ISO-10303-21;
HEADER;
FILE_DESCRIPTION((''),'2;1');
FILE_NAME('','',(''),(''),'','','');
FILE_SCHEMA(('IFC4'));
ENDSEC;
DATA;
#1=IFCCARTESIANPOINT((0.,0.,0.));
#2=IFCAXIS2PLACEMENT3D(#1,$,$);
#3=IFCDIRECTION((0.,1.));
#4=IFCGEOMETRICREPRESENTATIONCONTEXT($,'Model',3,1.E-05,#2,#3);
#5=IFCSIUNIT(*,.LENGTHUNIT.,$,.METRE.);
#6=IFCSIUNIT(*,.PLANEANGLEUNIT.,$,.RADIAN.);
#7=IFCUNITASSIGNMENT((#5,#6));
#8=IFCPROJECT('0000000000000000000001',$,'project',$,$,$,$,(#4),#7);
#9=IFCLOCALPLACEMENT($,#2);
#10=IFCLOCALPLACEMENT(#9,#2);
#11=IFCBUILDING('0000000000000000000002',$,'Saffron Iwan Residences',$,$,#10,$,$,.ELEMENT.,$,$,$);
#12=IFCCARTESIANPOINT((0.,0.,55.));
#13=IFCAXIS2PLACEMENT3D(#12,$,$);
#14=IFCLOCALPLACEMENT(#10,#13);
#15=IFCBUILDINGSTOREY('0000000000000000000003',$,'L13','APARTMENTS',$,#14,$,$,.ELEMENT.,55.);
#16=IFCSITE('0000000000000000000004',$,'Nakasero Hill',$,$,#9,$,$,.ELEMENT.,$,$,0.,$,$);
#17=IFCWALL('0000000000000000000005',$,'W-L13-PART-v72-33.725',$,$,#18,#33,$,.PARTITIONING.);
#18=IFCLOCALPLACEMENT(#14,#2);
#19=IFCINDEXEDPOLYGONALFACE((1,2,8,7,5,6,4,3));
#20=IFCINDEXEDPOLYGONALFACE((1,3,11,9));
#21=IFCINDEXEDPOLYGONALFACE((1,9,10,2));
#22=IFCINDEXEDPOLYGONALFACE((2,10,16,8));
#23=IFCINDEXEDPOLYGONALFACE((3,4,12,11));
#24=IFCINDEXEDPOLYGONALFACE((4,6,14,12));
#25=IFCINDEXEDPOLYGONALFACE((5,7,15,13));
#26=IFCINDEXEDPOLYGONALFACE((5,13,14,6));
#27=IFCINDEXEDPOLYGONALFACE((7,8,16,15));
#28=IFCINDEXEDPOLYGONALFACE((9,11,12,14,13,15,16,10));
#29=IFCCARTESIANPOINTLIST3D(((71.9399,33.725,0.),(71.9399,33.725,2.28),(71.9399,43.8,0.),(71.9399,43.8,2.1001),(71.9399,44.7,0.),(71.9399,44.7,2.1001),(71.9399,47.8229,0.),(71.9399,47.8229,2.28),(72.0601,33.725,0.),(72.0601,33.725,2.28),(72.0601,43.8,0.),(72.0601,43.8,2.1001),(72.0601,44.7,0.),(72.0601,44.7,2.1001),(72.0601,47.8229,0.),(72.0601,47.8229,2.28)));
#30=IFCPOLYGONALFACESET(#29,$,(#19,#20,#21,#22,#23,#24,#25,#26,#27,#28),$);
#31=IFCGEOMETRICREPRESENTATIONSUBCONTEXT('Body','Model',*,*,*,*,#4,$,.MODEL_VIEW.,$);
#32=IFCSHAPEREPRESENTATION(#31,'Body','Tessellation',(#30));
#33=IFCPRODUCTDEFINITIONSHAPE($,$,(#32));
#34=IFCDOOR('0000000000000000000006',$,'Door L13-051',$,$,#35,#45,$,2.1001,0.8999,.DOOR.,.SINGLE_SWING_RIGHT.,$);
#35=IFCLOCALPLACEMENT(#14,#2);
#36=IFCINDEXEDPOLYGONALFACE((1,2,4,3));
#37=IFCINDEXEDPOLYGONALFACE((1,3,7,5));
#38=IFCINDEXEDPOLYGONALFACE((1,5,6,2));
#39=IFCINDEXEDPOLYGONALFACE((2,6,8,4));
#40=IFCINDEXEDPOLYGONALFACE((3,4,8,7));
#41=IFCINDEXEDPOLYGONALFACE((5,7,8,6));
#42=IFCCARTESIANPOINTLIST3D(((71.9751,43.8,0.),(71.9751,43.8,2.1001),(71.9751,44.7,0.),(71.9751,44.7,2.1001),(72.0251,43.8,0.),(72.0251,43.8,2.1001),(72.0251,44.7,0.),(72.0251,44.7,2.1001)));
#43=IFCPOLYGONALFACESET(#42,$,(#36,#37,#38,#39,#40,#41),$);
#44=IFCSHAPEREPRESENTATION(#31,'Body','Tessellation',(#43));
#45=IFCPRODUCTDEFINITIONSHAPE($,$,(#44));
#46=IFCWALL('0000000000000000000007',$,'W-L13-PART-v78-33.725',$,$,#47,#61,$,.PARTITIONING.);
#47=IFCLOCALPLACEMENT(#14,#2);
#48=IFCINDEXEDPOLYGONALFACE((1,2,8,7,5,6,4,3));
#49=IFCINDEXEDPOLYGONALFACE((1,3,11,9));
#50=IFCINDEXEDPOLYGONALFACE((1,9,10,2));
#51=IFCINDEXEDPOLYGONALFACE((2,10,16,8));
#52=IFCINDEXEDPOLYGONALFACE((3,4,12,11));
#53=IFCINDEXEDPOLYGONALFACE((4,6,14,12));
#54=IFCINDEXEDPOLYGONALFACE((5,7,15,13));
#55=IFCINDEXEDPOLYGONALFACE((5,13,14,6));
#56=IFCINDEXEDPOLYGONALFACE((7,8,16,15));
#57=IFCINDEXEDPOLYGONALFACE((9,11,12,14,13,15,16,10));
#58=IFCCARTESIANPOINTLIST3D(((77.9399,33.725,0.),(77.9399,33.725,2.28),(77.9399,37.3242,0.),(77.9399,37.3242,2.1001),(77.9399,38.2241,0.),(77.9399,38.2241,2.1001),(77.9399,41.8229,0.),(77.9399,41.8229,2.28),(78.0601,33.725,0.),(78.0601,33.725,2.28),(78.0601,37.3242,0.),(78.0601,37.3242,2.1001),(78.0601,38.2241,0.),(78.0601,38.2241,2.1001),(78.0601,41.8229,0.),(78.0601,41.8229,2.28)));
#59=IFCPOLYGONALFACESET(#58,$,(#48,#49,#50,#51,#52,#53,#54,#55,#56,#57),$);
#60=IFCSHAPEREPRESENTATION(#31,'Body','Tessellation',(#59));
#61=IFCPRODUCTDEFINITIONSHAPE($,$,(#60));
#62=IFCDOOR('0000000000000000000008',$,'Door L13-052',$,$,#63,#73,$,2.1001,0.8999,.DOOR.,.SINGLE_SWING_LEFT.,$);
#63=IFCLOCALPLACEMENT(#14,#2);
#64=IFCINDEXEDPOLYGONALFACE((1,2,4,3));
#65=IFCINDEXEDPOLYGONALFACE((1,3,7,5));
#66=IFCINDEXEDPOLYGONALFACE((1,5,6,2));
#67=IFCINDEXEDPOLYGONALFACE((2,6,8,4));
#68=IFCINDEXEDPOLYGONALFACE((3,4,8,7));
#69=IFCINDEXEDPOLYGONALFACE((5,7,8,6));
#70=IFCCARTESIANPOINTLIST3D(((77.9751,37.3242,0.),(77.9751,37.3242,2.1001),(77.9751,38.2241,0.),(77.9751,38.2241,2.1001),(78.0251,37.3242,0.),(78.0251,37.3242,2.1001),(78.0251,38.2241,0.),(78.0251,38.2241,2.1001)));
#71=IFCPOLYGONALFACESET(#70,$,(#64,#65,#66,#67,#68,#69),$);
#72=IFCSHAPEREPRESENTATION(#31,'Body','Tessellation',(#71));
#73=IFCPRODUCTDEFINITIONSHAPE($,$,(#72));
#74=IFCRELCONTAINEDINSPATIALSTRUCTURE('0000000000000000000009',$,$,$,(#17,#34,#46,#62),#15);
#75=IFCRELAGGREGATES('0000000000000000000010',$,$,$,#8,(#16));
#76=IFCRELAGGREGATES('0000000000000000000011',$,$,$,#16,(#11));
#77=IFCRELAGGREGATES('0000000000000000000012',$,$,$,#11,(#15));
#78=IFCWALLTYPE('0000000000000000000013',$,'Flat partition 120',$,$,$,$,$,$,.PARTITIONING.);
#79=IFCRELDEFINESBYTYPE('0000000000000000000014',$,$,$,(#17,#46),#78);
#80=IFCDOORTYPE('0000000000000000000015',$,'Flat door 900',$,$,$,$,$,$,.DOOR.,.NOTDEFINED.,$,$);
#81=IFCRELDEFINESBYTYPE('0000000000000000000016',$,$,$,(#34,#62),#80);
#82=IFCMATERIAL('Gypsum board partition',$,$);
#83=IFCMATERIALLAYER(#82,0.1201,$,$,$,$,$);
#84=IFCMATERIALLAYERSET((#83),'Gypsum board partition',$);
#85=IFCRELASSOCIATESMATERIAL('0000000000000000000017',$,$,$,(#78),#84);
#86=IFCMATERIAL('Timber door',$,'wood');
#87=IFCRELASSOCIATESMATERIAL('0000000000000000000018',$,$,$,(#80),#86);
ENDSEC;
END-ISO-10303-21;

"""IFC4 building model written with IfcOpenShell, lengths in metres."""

from ifc_helpers import new_model, si_unit, direction, frame, frame_2d, origin, place, context, subcontext, project, spatial, rectangle, extrude, material, layer, layer_set, type_object, element, fill, save


model = new_model("IFC4")

# Units and contexts
model_context = context("Model", 3, precision=1e-05, world=origin(), true_north=direction((0.0, 1.0)))
body_context = subcontext(model_context, "Body", "Model", "MODEL_VIEW")
ifc_project = project(units=[si_unit("LENGTHUNIT", "METRE"), si_unit("PLANEANGLEUNIT", "RADIAN")], contexts=[model_context])

# Site, building, storey
site_placement = place(None, origin())
site = spatial("IfcSite", under=ifc_project, at=site_placement, Name="Nakasero Hill", CompositionType="ELEMENT", RefElevation=0.0)
building_placement = place(site_placement, origin())
building = spatial("IfcBuilding", under=site, at=building_placement, Name="Saffron Iwan Residences", CompositionType="ELEMENT")
storey_placement = place(building_placement, frame((0.0, 0.0, 55.0)))
storey = spatial("IfcBuildingStorey", under=building, at=storey_placement, Name="L13", Description="APARTMENTS", CompositionType="ELEMENT", Elevation=55.0)

# Shared definitions
ifc_material_1 = material(Name="Gypsum board partition")
ifc_layer_1 = layer(ifc_material_1, 0.1201)
ifc_layer_set_1 = layer_set([ifc_layer_1], Name="Gypsum board partition")
wall_type_1 = type_object("IfcWallType", Name="Flat partition 120", PredefinedType="PARTITIONING", material=ifc_layer_set_1)

# Walls, openings, doors
wall_1_placement = place(storey_placement, frame((72.0, 33.7251, 0.0), z_axis=(0.0, 0.0, 1.0), x_axis=(0.0, 1.0, 0.0)))
wall_1 = element("IfcWall", 1, at=wall_1_placement, inside=storey, type_object=wall_type_1, Name="W-L13-PART-v72-33.725", PredefinedType="PARTITIONING", context=body_context, shape_type="SweptSolid", body=[
    extrude(rectangle(XDim=14.0979, YDim=0.1201, at=frame_2d((7.0488, 0.0))), origin(), (0.0, 0.0, 1.0), 2.28),
])
opening_1_placement = place(wall_1_placement, frame((10.075, 0.0, 0.0)))
opening_1 = element("IfcOpeningElement", 2, at=opening_1_placement, cuts=wall_1, PredefinedType="OPENING", context=body_context, shape_type="SweptSolid", body=[
    extrude(rectangle(XDim=0.8999, YDim=2.1001, at=frame_2d((0.45, 1.05))), frame((0.0, 0.0701, 0.0), z_axis=(0.0, -1.0, 0.0), x_axis=(1.0, 0.0, 0.0)), (0.0, 0.0, 1.0), 0.1401),
])
ifc_material_2 = material(Name="Timber door", Category="wood")
door_type_1 = type_object("IfcDoorType", Name="Flat door 900", OperationType="NOTDEFINED", PredefinedType="DOOR", material=ifc_material_2)
door_1_placement = place(opening_1_placement, origin())
door_1 = element("IfcDoor", 3, at=door_1_placement, inside=storey, type_object=door_type_1, Name="Door L13-051", OperationType="SINGLE_SWING_RIGHT", OverallHeight=2.1001, OverallWidth=0.8999, PredefinedType="DOOR", context=body_context, shape_type="SweptSolid", body=[
    extrude(rectangle(XDim=0.8999, YDim=2.1001, at=frame_2d((0.45, 1.05))), frame((0.0, 0.0249, 0.0), z_axis=(0.0, -1.0, 0.0), x_axis=(1.0, 0.0, 0.0)), (0.0, 0.0, 1.0), 0.05),
])
fill(opening_1, door_1)
wall_2_placement = place(storey_placement, frame((78.0, 33.7251, 0.0), z_axis=(0.0, 0.0, 1.0), x_axis=(0.0, 1.0, 0.0)))
wall_2 = element("IfcWall", 4, at=wall_2_placement, inside=storey, type_object=wall_type_1, Name="W-L13-PART-v78-33.725", PredefinedType="PARTITIONING", context=body_context, shape_type="SweptSolid", body=[
    extrude(rectangle(XDim=8.0979, YDim=0.1201, at=frame_2d((4.0488, 0.0))), origin(), (0.0, 0.0, 1.0), 2.28),
])
opening_2_placement = place(wall_2_placement, frame((3.5991, 0.0, 0.0)))
opening_2 = element("IfcOpeningElement", 5, at=opening_2_placement, cuts=wall_2, PredefinedType="OPENING", context=body_context, shape_type="SweptSolid", body=[
    extrude(rectangle(XDim=0.8999, YDim=2.1001, at=frame_2d((0.45, 1.05))), frame((0.0, 0.0701, 0.0), z_axis=(0.0, -1.0, 0.0), x_axis=(1.0, 0.0, 0.0)), (0.0, 0.0, 1.0), 0.1401),
])
door_2_placement = place(opening_2_placement, origin())
door_2 = element("IfcDoor", 6, at=door_2_placement, inside=storey, type_object=door_type_1, Name="Door L13-052", OperationType="SINGLE_SWING_LEFT", OverallHeight=2.1001, OverallWidth=0.8999, PredefinedType="DOOR", context=body_context, shape_type="SweptSolid", body=[
    extrude(rectangle(XDim=0.8999, YDim=2.1001, at=frame_2d((0.45, 1.05))), frame((0.0, 0.0249, 0.0), z_axis=(0.0, -1.0, 0.0), x_axis=(1.0, 0.0, 0.0)), (0.0, 0.0, 1.0), 0.05),
])
fill(opening_2, door_2)

save(model, "model.ifc")
